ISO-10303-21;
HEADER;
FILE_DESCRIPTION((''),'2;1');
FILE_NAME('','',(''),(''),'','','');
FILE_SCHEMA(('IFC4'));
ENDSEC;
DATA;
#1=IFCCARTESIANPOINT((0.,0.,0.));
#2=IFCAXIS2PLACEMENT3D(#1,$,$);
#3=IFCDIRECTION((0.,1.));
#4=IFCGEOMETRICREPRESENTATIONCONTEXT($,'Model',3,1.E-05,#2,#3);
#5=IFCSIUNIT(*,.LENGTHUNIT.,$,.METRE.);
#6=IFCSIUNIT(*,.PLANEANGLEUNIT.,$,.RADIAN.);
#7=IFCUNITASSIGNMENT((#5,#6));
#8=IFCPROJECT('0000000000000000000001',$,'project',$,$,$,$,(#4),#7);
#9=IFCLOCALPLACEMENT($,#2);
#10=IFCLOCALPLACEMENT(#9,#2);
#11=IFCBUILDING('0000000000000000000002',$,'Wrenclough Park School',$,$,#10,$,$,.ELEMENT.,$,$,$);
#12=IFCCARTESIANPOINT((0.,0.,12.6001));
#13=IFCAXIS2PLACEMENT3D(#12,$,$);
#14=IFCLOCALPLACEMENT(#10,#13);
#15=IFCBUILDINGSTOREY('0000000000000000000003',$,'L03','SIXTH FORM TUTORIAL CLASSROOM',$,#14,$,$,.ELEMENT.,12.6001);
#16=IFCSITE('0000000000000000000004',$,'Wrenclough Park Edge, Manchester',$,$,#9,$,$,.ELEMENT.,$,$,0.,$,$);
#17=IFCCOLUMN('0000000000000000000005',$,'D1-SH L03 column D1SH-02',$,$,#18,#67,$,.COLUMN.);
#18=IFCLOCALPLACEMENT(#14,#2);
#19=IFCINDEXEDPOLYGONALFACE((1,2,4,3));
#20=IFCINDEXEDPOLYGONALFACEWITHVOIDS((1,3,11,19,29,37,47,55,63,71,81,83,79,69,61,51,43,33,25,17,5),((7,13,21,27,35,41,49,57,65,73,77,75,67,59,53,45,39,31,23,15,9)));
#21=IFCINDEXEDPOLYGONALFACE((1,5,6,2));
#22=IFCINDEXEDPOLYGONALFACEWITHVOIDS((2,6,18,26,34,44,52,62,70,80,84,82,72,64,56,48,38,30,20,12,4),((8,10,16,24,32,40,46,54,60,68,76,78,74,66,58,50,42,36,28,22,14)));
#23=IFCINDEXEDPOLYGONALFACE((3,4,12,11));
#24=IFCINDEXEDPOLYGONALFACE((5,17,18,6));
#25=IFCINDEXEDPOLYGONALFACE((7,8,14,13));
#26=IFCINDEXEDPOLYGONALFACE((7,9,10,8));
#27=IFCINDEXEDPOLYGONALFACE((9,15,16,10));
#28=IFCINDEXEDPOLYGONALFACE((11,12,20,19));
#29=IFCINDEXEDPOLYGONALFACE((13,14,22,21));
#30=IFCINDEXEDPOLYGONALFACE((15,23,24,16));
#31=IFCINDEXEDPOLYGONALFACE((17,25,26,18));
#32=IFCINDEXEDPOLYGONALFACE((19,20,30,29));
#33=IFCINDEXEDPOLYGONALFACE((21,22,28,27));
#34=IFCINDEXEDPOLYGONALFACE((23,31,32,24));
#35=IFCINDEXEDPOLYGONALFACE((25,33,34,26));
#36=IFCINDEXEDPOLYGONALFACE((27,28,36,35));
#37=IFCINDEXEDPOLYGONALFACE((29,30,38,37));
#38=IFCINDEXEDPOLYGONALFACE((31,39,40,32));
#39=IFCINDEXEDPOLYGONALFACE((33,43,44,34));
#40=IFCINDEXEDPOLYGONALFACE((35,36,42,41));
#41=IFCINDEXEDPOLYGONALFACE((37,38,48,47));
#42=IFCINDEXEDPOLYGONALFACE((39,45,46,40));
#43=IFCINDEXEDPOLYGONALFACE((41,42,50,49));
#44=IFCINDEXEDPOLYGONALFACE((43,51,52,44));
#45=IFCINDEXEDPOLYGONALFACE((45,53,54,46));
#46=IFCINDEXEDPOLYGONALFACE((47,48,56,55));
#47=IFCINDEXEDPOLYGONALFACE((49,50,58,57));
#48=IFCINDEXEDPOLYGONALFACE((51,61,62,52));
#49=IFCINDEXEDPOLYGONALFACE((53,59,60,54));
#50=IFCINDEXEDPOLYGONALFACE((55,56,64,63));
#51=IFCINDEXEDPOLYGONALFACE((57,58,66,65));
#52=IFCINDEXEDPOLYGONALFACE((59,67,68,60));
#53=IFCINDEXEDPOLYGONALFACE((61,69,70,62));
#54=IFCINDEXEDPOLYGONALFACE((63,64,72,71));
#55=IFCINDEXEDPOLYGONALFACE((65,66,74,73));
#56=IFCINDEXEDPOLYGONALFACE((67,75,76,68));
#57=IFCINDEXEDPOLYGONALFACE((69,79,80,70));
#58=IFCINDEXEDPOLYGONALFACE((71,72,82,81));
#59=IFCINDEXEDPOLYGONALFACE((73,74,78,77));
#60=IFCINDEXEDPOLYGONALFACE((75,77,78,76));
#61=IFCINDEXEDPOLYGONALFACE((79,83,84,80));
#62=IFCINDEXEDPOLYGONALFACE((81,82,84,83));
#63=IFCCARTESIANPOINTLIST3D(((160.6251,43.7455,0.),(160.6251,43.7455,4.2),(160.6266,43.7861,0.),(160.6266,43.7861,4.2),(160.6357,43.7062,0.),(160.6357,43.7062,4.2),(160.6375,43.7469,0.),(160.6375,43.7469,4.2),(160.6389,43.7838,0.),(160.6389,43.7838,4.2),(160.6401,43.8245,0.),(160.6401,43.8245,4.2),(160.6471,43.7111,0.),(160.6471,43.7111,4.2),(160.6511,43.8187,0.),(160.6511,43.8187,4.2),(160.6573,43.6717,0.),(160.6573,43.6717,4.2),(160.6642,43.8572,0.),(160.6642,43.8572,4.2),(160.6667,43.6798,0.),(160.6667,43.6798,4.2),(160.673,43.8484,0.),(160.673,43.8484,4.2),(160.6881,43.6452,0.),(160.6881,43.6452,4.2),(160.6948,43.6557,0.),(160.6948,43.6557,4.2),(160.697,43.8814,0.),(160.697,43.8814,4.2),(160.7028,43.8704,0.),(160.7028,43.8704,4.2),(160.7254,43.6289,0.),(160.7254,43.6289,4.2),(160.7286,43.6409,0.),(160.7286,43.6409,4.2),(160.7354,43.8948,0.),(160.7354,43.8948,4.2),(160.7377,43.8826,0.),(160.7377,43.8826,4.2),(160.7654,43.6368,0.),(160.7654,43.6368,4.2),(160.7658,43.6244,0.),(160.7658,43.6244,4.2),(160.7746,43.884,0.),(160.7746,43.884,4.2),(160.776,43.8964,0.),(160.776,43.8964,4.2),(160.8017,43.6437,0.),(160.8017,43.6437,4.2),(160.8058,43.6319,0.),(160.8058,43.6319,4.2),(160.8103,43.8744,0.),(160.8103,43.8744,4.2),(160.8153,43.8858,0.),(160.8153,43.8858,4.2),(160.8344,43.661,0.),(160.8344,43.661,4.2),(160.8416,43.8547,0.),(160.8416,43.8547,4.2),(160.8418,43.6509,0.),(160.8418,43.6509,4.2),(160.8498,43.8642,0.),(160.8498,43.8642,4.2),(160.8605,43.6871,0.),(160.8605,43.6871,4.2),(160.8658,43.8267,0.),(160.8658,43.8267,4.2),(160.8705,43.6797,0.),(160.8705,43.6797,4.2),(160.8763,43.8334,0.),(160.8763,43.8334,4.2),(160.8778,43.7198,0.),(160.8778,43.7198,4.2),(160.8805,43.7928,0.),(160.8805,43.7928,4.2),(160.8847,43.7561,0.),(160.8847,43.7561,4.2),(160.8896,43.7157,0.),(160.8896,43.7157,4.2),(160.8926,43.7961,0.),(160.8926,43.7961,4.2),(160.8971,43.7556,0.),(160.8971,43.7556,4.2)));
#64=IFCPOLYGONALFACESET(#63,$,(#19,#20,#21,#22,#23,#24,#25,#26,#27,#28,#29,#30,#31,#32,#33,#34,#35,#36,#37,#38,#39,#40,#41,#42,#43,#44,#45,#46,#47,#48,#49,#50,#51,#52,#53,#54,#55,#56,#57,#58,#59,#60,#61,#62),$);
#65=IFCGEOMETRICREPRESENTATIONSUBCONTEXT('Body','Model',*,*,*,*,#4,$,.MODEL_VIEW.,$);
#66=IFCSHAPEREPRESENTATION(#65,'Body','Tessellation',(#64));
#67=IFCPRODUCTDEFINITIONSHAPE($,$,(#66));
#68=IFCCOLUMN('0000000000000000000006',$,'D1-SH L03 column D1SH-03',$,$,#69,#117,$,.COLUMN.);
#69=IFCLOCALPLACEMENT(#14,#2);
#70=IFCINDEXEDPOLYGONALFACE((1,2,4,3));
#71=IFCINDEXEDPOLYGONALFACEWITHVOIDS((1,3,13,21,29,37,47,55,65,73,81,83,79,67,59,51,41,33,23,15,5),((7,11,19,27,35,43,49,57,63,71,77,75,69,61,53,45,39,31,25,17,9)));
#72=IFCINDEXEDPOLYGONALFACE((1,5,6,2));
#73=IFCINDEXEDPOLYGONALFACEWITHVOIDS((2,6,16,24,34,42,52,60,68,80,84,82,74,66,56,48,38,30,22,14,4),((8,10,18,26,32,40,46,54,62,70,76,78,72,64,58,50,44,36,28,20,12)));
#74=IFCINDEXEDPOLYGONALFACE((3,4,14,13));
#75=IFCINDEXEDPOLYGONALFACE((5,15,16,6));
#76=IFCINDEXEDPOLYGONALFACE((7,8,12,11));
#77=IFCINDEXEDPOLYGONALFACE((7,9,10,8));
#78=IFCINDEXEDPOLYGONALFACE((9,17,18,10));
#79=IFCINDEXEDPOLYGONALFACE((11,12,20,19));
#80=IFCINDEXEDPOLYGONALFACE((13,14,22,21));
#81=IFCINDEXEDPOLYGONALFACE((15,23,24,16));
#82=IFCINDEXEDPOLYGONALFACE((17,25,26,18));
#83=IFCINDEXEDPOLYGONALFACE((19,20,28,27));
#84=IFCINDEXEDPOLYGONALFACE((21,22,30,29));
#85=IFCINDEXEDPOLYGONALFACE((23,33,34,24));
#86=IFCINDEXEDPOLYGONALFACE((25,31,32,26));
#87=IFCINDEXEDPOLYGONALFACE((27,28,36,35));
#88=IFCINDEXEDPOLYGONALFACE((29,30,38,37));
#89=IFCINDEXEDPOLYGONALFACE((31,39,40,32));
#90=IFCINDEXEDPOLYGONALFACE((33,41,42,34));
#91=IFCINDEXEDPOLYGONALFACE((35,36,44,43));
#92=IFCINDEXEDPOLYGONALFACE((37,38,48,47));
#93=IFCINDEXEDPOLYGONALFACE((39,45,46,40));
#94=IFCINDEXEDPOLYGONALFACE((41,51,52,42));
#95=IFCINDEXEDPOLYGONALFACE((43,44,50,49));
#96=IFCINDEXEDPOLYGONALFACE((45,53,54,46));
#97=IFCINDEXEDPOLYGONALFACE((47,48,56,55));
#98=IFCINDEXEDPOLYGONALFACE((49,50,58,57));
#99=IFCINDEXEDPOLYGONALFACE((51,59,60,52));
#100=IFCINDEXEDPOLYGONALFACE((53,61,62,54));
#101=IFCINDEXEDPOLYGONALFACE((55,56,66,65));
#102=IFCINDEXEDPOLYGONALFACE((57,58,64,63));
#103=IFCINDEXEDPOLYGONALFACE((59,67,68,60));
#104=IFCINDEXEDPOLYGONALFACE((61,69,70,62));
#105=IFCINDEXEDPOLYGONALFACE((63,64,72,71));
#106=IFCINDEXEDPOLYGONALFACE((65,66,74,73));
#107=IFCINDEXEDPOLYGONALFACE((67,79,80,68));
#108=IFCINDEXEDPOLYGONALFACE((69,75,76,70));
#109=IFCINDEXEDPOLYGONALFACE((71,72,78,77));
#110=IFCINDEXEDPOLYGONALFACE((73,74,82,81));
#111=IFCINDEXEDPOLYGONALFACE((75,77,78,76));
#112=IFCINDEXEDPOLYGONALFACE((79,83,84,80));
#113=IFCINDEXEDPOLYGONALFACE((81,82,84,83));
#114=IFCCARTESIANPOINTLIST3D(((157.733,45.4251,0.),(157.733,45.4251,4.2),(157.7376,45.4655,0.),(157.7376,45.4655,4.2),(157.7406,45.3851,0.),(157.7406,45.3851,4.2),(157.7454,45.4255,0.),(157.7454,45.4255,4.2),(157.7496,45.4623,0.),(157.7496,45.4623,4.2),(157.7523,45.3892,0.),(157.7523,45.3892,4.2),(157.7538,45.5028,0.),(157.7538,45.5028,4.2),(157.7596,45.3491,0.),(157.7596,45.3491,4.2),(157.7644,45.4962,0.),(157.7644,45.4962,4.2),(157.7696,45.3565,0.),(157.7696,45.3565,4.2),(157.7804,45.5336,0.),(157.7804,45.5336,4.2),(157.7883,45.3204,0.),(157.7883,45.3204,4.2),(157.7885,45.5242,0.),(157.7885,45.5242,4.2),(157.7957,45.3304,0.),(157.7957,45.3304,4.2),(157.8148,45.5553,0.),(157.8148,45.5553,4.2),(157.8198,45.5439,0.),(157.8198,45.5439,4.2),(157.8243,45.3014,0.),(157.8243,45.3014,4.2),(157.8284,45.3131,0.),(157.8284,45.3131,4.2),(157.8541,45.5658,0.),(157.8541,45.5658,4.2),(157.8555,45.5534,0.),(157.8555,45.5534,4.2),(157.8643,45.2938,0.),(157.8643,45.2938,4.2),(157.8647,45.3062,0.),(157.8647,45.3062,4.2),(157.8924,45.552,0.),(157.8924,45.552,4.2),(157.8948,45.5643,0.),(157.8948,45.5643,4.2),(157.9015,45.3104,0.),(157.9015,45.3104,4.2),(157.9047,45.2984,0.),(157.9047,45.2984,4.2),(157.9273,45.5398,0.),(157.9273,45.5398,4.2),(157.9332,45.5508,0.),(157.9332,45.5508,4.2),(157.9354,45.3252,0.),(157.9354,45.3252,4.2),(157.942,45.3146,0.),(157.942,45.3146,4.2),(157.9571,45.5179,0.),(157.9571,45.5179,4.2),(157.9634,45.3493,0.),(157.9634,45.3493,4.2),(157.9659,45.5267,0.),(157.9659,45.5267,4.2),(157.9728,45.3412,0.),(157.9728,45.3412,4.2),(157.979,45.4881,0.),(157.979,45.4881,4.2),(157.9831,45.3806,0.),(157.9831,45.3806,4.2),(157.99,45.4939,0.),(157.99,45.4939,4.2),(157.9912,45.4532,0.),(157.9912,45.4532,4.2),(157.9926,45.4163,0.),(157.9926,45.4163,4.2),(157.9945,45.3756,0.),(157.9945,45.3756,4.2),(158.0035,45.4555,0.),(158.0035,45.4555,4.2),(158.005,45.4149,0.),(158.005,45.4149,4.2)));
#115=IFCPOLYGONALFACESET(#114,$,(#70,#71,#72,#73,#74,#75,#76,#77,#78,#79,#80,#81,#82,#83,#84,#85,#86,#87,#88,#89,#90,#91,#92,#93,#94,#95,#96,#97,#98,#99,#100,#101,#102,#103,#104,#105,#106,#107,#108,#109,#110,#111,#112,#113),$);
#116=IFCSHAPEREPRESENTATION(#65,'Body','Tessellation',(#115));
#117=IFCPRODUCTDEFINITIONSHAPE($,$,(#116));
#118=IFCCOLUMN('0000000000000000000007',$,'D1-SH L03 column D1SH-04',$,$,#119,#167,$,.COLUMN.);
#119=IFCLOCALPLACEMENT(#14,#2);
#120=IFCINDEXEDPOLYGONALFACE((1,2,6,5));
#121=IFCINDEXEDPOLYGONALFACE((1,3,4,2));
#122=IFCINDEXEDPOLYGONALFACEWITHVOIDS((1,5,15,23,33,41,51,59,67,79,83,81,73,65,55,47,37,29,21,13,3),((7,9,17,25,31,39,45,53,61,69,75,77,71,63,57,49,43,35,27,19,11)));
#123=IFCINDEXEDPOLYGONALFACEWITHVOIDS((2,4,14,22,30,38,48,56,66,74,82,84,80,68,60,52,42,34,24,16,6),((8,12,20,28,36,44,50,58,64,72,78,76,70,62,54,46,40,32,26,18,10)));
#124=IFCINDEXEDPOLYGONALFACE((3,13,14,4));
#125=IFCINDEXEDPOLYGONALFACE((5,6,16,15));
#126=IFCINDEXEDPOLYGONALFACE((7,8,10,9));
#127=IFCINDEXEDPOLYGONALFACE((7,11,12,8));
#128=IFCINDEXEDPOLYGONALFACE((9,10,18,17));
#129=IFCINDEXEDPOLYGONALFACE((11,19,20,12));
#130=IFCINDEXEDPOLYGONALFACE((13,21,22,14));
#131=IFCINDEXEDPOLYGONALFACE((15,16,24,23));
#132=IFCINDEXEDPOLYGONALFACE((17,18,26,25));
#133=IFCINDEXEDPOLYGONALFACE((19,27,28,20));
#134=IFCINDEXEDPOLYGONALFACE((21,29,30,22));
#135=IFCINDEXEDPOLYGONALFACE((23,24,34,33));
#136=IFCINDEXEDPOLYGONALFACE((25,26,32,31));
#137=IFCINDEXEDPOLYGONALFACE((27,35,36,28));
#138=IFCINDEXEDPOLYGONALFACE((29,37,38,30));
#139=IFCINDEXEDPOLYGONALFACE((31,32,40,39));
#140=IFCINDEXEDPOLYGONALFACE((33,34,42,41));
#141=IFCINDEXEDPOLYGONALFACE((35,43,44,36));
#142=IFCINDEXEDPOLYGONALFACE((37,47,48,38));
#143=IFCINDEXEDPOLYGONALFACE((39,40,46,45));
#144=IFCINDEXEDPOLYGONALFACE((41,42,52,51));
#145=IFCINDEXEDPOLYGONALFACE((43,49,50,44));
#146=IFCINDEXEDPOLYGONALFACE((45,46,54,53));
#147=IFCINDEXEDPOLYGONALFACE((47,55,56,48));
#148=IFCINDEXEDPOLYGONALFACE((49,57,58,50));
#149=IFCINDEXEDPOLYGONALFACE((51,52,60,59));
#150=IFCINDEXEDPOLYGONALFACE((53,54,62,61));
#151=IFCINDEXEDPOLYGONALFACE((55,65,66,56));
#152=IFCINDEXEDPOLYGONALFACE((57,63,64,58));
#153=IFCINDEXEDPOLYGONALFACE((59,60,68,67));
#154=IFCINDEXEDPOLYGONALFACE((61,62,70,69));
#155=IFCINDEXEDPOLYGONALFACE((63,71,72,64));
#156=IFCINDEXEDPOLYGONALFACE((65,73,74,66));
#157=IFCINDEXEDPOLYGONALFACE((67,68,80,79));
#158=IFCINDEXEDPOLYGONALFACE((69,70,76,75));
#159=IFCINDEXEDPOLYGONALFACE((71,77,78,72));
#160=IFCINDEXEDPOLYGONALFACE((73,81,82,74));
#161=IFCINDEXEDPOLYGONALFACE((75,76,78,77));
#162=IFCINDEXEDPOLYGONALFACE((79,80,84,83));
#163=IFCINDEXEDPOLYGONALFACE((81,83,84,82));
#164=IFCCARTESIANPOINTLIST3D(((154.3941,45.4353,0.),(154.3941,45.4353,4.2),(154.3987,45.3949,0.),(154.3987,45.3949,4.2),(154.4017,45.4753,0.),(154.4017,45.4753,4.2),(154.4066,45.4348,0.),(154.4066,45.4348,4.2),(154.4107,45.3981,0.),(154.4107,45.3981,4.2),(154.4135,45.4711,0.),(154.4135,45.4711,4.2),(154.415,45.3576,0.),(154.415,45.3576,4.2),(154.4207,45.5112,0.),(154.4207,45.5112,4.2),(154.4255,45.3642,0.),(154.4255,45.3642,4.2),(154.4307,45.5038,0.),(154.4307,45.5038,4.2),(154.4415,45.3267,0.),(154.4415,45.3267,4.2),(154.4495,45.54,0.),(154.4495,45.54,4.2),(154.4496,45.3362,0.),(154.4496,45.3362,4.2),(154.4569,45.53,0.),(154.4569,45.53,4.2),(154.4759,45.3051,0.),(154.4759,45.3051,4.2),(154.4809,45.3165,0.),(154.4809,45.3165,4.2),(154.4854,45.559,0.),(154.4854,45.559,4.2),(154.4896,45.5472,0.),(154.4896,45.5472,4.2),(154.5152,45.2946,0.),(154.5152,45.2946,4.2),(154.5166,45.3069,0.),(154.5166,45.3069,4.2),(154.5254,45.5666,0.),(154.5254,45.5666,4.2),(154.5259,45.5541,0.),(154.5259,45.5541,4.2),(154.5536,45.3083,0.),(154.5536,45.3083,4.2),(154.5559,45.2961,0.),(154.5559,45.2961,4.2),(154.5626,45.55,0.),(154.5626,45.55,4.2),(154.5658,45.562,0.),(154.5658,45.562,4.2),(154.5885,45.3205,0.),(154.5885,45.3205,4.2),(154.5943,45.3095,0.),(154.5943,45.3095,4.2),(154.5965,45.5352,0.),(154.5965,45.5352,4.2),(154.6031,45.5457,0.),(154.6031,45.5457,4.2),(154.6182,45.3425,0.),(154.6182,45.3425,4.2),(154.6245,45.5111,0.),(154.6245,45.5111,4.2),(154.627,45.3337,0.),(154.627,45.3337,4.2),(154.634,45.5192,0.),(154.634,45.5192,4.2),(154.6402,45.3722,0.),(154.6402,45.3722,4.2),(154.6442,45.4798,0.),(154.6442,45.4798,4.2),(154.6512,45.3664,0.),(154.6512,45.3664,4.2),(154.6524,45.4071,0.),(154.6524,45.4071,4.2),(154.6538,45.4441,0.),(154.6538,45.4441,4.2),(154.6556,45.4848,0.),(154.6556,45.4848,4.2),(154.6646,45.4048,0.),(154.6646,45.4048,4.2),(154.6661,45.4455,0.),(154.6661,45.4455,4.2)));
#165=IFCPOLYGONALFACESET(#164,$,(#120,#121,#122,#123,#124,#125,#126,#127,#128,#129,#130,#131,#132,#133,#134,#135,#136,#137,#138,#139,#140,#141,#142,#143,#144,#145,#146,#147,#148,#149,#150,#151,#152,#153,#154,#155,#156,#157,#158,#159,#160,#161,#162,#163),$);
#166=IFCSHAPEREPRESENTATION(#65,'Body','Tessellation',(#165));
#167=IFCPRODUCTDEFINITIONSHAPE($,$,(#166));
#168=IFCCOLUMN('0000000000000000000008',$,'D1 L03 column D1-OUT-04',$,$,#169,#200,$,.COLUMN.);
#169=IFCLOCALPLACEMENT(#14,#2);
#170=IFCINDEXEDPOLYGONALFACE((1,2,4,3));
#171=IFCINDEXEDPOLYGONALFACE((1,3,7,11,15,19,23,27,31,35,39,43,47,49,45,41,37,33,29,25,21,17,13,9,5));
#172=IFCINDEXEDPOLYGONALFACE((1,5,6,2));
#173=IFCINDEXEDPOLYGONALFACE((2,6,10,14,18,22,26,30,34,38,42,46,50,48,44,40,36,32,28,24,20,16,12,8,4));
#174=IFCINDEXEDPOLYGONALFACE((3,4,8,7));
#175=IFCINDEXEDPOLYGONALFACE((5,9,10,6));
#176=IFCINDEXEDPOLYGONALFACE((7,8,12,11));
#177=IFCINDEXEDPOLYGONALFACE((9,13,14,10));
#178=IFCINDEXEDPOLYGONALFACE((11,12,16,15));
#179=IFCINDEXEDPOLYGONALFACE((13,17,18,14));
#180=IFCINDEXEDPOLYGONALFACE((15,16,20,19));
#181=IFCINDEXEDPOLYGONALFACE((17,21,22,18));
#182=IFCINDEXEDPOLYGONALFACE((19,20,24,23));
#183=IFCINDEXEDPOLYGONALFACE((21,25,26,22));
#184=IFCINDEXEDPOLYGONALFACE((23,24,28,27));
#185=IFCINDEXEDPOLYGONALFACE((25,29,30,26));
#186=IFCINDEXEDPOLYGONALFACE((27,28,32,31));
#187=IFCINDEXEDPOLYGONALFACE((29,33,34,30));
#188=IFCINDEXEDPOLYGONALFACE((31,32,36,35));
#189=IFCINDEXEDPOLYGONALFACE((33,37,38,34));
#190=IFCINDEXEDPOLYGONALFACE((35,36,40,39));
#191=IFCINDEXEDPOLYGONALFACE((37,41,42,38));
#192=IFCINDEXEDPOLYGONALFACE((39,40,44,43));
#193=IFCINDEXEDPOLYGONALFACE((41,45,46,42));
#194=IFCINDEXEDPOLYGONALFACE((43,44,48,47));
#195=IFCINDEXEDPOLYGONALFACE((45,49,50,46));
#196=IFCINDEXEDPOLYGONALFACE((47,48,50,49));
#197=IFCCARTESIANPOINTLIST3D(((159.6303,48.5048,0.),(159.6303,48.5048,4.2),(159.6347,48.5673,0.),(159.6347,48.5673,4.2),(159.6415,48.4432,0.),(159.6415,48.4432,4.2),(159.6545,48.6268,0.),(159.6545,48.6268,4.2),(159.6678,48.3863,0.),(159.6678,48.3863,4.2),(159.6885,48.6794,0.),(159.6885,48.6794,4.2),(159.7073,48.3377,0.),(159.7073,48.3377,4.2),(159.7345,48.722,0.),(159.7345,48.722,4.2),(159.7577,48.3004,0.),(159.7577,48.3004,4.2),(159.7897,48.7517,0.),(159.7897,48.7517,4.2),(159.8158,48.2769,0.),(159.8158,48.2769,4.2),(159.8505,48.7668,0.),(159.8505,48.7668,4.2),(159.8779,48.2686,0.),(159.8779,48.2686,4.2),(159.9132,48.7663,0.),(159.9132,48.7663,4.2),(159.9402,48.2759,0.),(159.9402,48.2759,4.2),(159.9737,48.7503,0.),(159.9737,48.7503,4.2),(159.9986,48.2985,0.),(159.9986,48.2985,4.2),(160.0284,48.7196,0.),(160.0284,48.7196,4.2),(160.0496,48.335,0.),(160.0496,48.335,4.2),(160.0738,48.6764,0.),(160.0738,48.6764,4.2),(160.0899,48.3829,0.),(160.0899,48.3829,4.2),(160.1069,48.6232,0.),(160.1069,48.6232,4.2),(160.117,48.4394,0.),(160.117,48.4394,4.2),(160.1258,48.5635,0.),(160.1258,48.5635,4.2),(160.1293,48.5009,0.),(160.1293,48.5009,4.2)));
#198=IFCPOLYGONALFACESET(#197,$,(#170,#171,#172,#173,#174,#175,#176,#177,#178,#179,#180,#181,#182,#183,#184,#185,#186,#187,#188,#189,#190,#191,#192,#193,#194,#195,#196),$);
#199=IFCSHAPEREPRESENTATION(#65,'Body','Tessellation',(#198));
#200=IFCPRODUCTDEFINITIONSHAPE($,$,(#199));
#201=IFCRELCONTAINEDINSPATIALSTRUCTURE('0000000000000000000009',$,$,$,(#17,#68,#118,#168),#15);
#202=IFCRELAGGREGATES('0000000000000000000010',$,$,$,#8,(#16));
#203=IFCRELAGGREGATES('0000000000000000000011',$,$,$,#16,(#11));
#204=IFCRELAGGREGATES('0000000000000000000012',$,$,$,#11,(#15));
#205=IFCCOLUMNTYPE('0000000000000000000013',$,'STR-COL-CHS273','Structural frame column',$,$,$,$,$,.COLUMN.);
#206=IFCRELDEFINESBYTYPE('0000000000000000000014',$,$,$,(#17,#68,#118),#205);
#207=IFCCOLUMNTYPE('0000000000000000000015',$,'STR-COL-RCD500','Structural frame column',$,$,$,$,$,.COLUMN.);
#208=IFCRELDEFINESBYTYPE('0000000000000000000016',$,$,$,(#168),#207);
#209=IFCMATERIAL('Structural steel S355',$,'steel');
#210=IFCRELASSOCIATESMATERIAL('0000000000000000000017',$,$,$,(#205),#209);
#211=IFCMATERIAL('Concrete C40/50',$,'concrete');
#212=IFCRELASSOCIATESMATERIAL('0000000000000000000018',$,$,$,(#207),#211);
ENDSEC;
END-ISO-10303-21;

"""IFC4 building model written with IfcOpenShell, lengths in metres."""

from ifc_helpers import new_model, si_unit, direction, frame, origin, origin_2d, place, context, subcontext, project, spatial, circle, hollow_circle, extrude, material, material_profile, profile_set, type_object, element, save


model = new_model("IFC4")

# Units and contexts
model_context = context("Model", 3, precision=1e-05, world=origin(), true_north=direction((0.0, 1.0)))
body_context = subcontext(model_context, "Body", "Model", "MODEL_VIEW")
ifc_project = project(units=[si_unit("LENGTHUNIT", "METRE"), si_unit("PLANEANGLEUNIT", "RADIAN")], contexts=[model_context])

# Site, building, storey
site_placement = place(None, origin())
site = spatial("IfcSite", under=ifc_project, at=site_placement, Name="Wrenclough Park Edge, Manchester", CompositionType="ELEMENT", RefElevation=0.0)
building_placement = place(site_placement, origin())
building = spatial("IfcBuilding", under=site, at=building_placement, Name="Wrenclough Park School", CompositionType="ELEMENT")
storey_placement = place(building_placement, frame((0.0, 0.0, 12.6001)))
storey = spatial("IfcBuildingStorey", under=building, at=storey_placement, Name="L03", Description="SIXTH FORM TUTORIAL CLASSROOM", CompositionType="ELEMENT", Elevation=12.6001)

# Columns
ifc_material_1 = material(Name="Structural steel S355", Category="steel")
ifc_material_profile_1 = material_profile(ifc_material_1, hollow_circle(Radius=0.1365, WallThickness=0.0125, at=origin_2d()), Name="CHS 273.0x12.5")
ifc_profile_set_1 = profile_set([ifc_material_profile_1], Name="Structural steel S355")
column_type_1 = type_object("IfcColumnType", Name="STR-COL-CHS273", Description="Structural frame column", PredefinedType="COLUMN", material=ifc_profile_set_1)
for number, where, z_axis, x_axis, name in (
    (1, (160.7607, 43.7607, 0.0), (0.0, 0.0, 1.0), (-0.707107, 0.707107, 0.0), "D1-SH L03 column D1SH-02"),
    (2, (157.8694, 45.4302, 0.0), (0.0, 0.0, 1.0), (-0.965926, 0.258819, 0.0), "D1-SH L03 column D1SH-03"),
    (3, (154.5305, 45.4302, 0.0), (0.0, 0.0, 1.0), (-0.965926, -0.258819, 0.0), "D1-SH L03 column D1SH-04"),
):
    element("IfcColumn", number, at=place(storey_placement, frame(where, z_axis=z_axis, x_axis=x_axis)), inside=storey, type_object=column_type_1, Name=name, PredefinedType="COLUMN", context=body_context, shape_type="SweptSolid", body=[
        extrude(hollow_circle(Radius=0.1365, WallThickness=0.0125, at=origin_2d()), origin(), (0.0, 0.0, 1.0), 4.2),
    ])
ifc_material_2 = material(Name="Concrete C40/50", Category="concrete")
ifc_material_profile_2 = material_profile(ifc_material_2, circle(Radius=0.25, at=origin_2d()), Name="RC COL D500")
ifc_profile_set_2 = profile_set([ifc_material_profile_2], Name="Concrete C40/50")
column_type_2 = type_object("IfcColumnType", Name="STR-COL-RCD500", Description="Structural frame column", PredefinedType="COLUMN", material=ifc_profile_set_2)
column_1_placement = place(storey_placement, frame((159.8799, 48.5186, 0.0), z_axis=(0.0, 0.0, 1.0), x_axis=(-0.980785, 0.19509, 0.0)))
element("IfcColumn", 4, at=column_1_placement, inside=storey, type_object=column_type_2, Name="D1 L03 column D1-OUT-04", PredefinedType="COLUMN", context=body_context, shape_type="SweptSolid", body=[
    extrude(circle(Radius=0.25, at=origin_2d()), origin(), (0.0, 0.0, 1.0), 4.2),
])

save(model, "model.ifc")
